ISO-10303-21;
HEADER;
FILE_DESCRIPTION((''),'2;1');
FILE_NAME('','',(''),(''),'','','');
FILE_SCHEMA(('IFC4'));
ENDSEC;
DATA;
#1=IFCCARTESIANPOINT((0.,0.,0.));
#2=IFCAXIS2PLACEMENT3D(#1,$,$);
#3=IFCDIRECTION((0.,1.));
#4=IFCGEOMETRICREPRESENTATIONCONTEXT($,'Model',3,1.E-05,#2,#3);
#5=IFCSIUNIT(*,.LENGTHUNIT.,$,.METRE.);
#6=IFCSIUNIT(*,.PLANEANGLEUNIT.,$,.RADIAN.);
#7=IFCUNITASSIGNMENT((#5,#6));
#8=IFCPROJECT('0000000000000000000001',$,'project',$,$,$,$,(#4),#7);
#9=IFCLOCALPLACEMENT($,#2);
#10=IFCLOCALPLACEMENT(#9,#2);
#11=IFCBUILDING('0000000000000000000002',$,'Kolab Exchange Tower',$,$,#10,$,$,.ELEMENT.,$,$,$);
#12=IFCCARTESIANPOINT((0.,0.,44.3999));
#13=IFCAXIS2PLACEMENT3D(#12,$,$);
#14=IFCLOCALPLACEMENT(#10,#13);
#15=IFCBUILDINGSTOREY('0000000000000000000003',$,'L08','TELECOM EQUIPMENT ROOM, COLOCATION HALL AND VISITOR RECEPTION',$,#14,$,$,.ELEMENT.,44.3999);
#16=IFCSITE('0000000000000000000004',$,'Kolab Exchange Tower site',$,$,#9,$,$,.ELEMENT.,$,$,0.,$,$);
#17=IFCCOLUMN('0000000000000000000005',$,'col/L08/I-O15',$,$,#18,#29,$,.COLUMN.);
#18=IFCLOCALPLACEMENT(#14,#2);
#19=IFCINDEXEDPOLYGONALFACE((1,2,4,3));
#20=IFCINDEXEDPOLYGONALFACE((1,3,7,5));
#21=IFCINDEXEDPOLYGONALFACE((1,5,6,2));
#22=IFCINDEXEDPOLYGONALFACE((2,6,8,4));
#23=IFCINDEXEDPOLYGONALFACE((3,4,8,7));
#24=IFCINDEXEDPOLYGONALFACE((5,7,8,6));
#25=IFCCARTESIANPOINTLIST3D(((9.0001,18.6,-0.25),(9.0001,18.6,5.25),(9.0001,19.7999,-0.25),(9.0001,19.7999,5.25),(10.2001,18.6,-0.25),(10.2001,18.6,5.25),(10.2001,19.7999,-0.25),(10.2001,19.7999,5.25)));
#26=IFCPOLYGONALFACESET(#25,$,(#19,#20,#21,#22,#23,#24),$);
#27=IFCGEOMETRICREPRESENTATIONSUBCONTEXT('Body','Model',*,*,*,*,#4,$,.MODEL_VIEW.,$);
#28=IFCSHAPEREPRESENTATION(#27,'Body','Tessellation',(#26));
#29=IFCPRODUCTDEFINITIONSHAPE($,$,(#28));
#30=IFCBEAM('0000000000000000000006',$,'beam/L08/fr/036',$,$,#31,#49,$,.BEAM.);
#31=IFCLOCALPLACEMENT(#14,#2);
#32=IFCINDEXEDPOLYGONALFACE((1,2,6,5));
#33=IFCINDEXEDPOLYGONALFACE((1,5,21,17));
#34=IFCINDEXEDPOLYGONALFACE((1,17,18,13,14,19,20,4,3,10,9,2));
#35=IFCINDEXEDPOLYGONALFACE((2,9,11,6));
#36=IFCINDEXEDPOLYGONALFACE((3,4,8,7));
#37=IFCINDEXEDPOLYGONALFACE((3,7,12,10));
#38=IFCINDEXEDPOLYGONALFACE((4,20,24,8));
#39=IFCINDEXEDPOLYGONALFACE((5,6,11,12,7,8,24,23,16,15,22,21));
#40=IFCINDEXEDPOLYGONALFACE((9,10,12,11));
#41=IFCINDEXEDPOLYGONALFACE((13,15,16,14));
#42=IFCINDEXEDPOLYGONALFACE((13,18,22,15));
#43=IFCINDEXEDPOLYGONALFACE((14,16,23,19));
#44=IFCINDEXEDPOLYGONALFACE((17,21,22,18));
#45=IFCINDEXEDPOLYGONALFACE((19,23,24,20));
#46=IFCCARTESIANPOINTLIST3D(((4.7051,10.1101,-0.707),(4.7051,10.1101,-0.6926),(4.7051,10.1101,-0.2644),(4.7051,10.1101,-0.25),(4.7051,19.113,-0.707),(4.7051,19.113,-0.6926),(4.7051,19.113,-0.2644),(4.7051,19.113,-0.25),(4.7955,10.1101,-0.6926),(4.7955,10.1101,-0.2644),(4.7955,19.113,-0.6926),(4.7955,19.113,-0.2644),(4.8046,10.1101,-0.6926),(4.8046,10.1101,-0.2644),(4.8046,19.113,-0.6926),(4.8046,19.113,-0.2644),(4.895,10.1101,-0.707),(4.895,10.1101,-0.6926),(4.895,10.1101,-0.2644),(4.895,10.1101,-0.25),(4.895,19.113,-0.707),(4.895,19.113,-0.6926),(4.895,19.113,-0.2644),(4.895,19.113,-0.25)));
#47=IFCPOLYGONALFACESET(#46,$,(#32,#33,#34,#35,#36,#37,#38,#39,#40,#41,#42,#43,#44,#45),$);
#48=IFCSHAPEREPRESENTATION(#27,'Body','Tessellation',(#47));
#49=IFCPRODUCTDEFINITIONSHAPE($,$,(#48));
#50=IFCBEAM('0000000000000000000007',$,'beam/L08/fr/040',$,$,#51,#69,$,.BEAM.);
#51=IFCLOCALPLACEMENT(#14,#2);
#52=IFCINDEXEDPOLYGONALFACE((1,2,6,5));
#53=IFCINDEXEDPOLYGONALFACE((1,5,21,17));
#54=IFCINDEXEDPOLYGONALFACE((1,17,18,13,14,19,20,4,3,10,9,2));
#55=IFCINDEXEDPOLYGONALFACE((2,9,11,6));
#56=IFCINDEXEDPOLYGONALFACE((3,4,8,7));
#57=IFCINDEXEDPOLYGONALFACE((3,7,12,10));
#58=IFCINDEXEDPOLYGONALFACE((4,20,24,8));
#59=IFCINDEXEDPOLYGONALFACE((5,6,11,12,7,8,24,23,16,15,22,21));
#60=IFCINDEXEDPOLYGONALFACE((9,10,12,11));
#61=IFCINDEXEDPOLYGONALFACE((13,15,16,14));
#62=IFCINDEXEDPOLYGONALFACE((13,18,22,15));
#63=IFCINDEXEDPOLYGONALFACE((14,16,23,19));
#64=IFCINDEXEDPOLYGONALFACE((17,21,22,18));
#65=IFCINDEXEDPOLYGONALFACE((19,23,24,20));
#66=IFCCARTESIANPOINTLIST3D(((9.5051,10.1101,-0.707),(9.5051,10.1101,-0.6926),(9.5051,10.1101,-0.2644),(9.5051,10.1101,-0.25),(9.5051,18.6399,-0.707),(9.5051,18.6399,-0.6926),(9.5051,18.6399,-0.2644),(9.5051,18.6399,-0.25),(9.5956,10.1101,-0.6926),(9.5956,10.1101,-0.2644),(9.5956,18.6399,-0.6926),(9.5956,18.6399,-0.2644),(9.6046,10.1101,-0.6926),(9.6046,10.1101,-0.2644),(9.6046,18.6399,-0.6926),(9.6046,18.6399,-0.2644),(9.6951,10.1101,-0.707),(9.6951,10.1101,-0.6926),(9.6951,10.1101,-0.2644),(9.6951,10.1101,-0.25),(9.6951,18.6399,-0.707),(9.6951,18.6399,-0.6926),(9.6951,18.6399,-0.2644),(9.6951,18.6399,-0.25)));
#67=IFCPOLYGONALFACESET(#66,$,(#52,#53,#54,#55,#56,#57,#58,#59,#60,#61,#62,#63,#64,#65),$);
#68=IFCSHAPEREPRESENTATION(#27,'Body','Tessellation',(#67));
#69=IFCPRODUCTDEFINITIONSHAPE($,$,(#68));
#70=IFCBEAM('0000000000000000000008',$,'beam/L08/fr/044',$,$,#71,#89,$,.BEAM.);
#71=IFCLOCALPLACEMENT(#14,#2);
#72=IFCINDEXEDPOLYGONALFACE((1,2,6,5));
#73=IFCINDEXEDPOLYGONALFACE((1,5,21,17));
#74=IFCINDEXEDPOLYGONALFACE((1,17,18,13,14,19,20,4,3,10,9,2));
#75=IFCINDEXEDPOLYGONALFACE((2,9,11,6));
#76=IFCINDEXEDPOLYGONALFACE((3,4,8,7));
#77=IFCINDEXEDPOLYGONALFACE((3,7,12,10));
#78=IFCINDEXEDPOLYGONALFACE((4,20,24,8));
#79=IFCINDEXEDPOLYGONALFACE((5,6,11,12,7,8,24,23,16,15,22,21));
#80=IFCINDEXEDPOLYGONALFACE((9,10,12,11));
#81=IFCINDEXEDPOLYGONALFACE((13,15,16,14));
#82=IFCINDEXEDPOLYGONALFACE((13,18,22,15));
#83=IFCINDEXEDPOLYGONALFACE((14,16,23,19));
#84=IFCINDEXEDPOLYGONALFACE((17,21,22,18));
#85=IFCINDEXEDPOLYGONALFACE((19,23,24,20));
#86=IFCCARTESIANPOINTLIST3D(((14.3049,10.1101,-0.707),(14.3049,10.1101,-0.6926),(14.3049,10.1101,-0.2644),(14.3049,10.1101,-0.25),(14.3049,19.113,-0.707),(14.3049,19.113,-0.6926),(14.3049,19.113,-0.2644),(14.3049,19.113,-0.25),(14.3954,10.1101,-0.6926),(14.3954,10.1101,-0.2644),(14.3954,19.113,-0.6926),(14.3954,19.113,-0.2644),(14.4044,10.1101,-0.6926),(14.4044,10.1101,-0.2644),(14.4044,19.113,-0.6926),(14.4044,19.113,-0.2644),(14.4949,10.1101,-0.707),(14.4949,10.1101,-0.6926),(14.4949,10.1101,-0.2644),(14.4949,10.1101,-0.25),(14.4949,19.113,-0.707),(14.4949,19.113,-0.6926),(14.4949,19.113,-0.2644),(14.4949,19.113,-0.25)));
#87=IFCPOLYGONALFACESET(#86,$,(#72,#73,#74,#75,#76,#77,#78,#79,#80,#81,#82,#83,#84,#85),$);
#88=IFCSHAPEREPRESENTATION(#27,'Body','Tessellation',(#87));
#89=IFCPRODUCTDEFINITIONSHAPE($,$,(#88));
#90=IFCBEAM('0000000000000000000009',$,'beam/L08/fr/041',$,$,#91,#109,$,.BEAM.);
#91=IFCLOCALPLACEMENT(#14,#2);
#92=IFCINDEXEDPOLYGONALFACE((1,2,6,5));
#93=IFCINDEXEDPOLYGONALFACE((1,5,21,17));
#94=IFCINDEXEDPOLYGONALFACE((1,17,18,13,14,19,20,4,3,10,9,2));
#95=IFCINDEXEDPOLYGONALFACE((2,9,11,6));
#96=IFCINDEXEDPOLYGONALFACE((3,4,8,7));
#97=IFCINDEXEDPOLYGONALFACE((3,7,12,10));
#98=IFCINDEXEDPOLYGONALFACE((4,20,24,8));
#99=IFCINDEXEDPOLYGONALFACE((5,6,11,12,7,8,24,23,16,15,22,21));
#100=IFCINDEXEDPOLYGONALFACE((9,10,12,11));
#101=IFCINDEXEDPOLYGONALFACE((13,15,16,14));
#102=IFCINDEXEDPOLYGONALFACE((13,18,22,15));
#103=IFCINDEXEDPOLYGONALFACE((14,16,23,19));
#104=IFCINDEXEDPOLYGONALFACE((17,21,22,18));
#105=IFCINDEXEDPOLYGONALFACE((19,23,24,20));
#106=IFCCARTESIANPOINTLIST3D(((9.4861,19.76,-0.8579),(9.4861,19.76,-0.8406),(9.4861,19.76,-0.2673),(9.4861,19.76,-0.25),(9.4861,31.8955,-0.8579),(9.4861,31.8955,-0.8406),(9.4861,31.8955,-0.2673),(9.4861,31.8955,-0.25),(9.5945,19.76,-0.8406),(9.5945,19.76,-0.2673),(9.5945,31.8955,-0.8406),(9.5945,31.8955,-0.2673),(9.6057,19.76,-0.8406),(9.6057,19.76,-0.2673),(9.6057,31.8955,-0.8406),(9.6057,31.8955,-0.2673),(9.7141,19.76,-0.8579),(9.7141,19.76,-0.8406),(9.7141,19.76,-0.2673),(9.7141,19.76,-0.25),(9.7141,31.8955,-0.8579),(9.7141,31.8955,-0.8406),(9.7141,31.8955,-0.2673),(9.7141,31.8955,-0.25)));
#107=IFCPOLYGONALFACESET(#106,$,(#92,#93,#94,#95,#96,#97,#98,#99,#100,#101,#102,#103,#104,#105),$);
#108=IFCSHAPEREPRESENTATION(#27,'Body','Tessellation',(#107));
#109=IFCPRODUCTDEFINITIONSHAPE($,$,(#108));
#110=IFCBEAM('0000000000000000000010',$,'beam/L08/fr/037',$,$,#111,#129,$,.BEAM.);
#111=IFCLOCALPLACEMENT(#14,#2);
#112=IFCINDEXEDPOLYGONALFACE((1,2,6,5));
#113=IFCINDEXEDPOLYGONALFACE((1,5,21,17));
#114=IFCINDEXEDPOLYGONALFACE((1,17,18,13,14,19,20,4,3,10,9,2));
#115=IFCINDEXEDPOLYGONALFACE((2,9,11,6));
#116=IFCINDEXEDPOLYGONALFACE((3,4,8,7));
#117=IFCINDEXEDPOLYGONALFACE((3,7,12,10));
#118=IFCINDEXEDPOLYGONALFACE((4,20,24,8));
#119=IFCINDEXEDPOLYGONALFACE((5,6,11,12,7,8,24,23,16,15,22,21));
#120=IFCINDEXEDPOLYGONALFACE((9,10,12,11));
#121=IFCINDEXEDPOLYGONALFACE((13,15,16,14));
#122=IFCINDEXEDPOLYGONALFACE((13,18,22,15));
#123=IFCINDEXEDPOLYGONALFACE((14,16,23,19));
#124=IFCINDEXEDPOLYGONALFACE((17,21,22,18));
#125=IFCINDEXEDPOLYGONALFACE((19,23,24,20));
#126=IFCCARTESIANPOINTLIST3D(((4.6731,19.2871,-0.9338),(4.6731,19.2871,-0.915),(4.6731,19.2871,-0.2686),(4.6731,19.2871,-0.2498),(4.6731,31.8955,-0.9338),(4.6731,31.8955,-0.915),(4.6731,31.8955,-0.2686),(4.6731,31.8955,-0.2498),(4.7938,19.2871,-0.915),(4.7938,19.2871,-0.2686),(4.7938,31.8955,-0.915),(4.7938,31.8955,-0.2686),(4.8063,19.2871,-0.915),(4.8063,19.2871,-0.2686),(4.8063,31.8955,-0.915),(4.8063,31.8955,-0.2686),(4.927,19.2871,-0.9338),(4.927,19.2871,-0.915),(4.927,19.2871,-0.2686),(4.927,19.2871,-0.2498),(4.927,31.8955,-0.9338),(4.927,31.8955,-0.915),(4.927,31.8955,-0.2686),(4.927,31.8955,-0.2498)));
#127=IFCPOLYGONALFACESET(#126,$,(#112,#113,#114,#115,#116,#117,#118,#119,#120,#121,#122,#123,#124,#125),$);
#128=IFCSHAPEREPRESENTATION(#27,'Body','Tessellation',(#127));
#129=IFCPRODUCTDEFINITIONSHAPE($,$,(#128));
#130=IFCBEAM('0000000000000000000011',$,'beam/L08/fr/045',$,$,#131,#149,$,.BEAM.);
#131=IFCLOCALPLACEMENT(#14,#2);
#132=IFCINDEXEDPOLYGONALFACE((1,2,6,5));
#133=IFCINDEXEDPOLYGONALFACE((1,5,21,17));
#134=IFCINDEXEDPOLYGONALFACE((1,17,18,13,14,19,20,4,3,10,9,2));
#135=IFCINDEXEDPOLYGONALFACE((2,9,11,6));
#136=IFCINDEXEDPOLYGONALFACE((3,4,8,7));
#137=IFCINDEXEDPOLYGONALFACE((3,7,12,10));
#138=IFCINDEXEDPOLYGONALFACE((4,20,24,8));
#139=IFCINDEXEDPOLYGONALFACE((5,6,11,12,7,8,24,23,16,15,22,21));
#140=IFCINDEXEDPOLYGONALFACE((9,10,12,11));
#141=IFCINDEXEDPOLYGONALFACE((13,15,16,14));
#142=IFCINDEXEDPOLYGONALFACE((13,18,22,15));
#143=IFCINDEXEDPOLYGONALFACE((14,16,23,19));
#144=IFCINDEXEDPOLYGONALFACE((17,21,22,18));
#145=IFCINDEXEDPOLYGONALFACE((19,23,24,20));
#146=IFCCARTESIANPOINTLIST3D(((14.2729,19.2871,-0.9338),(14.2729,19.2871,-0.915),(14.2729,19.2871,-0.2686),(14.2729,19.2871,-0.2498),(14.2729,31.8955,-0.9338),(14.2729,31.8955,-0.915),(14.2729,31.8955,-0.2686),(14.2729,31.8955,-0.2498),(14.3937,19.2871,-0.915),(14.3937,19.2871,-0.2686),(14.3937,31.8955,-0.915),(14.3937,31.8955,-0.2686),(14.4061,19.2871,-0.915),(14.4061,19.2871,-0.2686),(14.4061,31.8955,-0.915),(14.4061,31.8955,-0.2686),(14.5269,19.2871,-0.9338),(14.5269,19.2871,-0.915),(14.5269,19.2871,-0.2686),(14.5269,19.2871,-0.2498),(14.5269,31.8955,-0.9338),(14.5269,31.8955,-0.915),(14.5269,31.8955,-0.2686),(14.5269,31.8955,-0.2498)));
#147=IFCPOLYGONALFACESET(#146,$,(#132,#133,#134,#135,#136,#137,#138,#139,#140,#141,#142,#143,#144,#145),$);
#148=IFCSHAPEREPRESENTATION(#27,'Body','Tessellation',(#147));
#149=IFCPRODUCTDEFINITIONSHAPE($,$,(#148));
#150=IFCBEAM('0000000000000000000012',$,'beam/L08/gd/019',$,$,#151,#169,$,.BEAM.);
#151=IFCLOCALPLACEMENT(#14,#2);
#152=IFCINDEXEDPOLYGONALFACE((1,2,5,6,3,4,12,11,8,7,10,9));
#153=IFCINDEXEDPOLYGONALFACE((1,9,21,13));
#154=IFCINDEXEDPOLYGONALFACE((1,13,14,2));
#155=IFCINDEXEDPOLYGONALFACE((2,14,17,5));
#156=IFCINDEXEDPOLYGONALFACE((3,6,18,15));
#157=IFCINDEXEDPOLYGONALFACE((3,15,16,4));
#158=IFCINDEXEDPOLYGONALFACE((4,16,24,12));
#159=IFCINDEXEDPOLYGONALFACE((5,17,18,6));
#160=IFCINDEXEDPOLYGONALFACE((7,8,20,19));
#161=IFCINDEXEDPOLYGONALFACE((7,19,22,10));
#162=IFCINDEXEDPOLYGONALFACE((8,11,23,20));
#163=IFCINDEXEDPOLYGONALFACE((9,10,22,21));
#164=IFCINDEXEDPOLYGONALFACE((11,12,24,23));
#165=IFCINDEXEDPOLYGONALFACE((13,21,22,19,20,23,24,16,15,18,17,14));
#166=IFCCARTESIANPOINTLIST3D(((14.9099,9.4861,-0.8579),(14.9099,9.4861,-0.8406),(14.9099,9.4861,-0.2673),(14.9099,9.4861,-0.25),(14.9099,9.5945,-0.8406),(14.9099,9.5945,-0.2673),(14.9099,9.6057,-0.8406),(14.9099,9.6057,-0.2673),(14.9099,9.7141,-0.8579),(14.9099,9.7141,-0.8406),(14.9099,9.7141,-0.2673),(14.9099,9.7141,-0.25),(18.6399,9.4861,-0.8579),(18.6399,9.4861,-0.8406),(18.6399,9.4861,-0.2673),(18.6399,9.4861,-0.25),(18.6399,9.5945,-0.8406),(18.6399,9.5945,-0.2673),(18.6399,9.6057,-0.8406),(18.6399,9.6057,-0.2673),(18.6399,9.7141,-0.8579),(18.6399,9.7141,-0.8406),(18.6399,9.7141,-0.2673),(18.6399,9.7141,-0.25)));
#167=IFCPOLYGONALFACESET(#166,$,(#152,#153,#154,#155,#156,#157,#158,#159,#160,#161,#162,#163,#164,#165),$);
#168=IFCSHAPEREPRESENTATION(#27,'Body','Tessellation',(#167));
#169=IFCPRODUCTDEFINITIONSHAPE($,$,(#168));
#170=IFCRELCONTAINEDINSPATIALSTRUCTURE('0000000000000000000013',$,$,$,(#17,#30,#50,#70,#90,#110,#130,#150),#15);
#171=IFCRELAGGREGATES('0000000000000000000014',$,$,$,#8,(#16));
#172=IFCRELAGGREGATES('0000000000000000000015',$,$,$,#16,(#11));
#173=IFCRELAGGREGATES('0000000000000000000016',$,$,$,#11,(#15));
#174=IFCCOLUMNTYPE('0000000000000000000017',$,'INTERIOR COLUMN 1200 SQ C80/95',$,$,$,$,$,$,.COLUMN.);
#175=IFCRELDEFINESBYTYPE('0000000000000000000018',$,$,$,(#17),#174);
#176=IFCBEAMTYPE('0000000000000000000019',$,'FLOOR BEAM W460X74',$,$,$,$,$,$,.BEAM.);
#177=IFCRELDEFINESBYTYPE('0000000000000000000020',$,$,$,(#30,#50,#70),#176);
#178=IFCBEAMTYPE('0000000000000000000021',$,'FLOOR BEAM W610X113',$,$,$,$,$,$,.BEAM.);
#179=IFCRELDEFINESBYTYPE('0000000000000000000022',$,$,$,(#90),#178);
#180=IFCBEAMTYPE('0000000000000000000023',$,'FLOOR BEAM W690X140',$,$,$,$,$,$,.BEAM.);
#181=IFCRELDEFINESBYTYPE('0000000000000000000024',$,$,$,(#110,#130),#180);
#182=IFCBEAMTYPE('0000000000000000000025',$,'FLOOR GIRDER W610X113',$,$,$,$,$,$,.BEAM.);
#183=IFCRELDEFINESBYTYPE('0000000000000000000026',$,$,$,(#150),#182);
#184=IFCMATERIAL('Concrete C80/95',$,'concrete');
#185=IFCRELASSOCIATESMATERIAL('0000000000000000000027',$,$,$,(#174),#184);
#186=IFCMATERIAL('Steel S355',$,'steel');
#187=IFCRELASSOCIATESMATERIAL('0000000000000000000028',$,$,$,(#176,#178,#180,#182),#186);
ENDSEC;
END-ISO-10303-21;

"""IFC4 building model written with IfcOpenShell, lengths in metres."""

from ifc_helpers import new_model, si_unit, direction, frame, origin, origin_2d, place, context, subcontext, project, spatial, rectangle, i_section, extrude, material, material_profile, profile_set, type_object, element, save


model = new_model("IFC4")

# Units and contexts
model_context = context("Model", 3, precision=1e-05, world=origin(), true_north=direction((0.0, 1.0)))
body_context = subcontext(model_context, "Body", "Model", "MODEL_VIEW")
ifc_project = project(units=[si_unit("LENGTHUNIT", "METRE"), si_unit("PLANEANGLEUNIT", "RADIAN")], contexts=[model_context])

# Site, building, storey
site_placement = place(None, origin())
site = spatial("IfcSite", under=ifc_project, at=site_placement, Name="Kolab Exchange Tower site", CompositionType="ELEMENT", RefElevation=0.0)
building_placement = place(site_placement, origin())
building = spatial("IfcBuilding", under=site, at=building_placement, Name="Kolab Exchange Tower", CompositionType="ELEMENT")
storey_placement = place(building_placement, frame((0.0, 0.0, 44.3999)))
storey = spatial("IfcBuildingStorey", under=building, at=storey_placement, Name="L08", Description="TELECOM EQUIPMENT ROOM, COLOCATION HALL AND VISITOR RECEPTION", CompositionType="ELEMENT", Elevation=44.3999)

# Column
ifc_material_1 = material(Name="Concrete C80/95", Category="concrete")
ifc_material_profile_1 = material_profile(ifc_material_1, rectangle(XDim=1.2, YDim=1.2, at=origin_2d()), Name="RC1200")
ifc_profile_set_1 = profile_set([ifc_material_profile_1], Name="Concrete C80/95")
column_type = type_object("IfcColumnType", Name="INTERIOR COLUMN 1200 SQ C80/95", PredefinedType="COLUMN", material=ifc_profile_set_1)
column_placement = place(storey_placement, frame((9.6001, 19.2, -0.25), z_axis=(0.0, 0.0, 1.0), x_axis=(1.0, 0.0, 0.0)))
element("IfcColumn", 1, at=column_placement, inside=storey, type_object=column_type, Name="col/L08/I-O15", PredefinedType="COLUMN", context=body_context, shape_type="SweptSolid", body=[
    extrude(rectangle(XDim=1.2, YDim=1.2, at=origin_2d()), origin(), (0.0, 0.0, 1.0), 5.5),
])

# Beams
ifc_material_2 = material(Name="Steel S355", Category="steel")
ifc_material_profile_2 = material_profile(ifc_material_2, i_section(OverallWidth=0.1899, OverallDepth=0.457, WebThickness=0.009, FlangeThickness=0.0144, at=origin_2d()), Name="W460X74")
ifc_profile_set_2 = profile_set([ifc_material_profile_2], Name="Steel S355")
beam_type_1 = type_object("IfcBeamType", Name="FLOOR BEAM W460X74", PredefinedType="BEAM", material=ifc_profile_set_2)
beam_1_placement = place(storey_placement, frame((4.8, 10.1101, -0.4785), z_axis=(0.0, 1.0, 0.0), x_axis=(-1.0, 0.0, 0.0)))
element("IfcBeam", 2, at=beam_1_placement, inside=storey, type_object=beam_type_1, Name="beam/L08/fr/036", PredefinedType="BEAM", context=body_context, shape_type="SweptSolid", body=[
    extrude(i_section(OverallWidth=0.1899, OverallDepth=0.457, WebThickness=0.009, FlangeThickness=0.0144, at=origin_2d()), origin(), (0.0, 0.0, 1.0), 9.0029),
])
beam_2_placement = place(storey_placement, frame((9.6001, 10.1101, -0.4785), z_axis=(0.0, 1.0, 0.0), x_axis=(-1.0, 0.0, 0.0)))
element("IfcBeam", 3, at=beam_2_placement, inside=storey, type_object=beam_type_1, Name="beam/L08/fr/040", PredefinedType="BEAM", context=body_context, shape_type="SweptSolid", body=[
    extrude(i_section(OverallWidth=0.1899, OverallDepth=0.457, WebThickness=0.009, FlangeThickness=0.0144, at=origin_2d()), origin(), (0.0, 0.0, 1.0), 8.5298),
])
beam_3_placement = place(storey_placement, frame((14.3999, 10.1101, -0.4785), z_axis=(0.0, 1.0, 0.0), x_axis=(-1.0, 0.0, 0.0)))
element("IfcBeam", 4, at=beam_3_placement, inside=storey, type_object=beam_type_1, Name="beam/L08/fr/044", PredefinedType="BEAM", context=body_context, shape_type="SweptSolid", body=[
    extrude(i_section(OverallWidth=0.1899, OverallDepth=0.457, WebThickness=0.009, FlangeThickness=0.0144, at=origin_2d()), origin(), (0.0, 0.0, 1.0), 9.0029),
])
ifc_material_profile_3 = material_profile(ifc_material_2, i_section(OverallWidth=0.228, OverallDepth=0.6079, WebThickness=0.0112, FlangeThickness=0.0173, at=origin_2d()), Name="W610X113")
ifc_profile_set_3 = profile_set([ifc_material_profile_3], Name="Steel S355")
beam_type_2 = type_object("IfcBeamType", Name="FLOOR BEAM W610X113", PredefinedType="BEAM", material=ifc_profile_set_3)
beam_4_placement = place(storey_placement, frame((9.6001, 19.76, -0.554), z_axis=(0.0, 1.0, 0.0), x_axis=(-1.0, 0.0, 0.0)))
element("IfcBeam", 5, at=beam_4_placement, inside=storey, type_object=beam_type_2, Name="beam/L08/fr/041", PredefinedType="BEAM", context=body_context, shape_type="SweptSolid", body=[
    extrude(i_section(OverallWidth=0.228, OverallDepth=0.6079, WebThickness=0.0112, FlangeThickness=0.0173, at=origin_2d()), origin(), (0.0, 0.0, 1.0), 12.1355),
])
ifc_material_profile_4 = material_profile(ifc_material_2, i_section(OverallWidth=0.2539, OverallDepth=0.6841, WebThickness=0.0125, FlangeThickness=0.0188, at=origin_2d()), Name="W690X140")
ifc_profile_set_4 = profile_set([ifc_material_profile_4], Name="Steel S355")
beam_type_3 = type_object("IfcBeamType", Name="FLOOR BEAM W690X140", PredefinedType="BEAM", material=ifc_profile_set_4)
for number, where, z_axis, x_axis, name in (
    (6, (4.8, 19.2871, -0.5918), (0.0, 1.0, 0.0), (-1.0, 0.0, 0.0), "beam/L08/fr/037"),
    (7, (14.3999, 19.2871, -0.5918), (0.0, 1.0, 0.0), (-1.0, 0.0, 0.0), "beam/L08/fr/045"),
):
    element("IfcBeam", number, at=place(storey_placement, frame(where, z_axis=z_axis, x_axis=x_axis)), inside=storey, type_object=beam_type_3, Name=name, PredefinedType="BEAM", context=body_context, shape_type="SweptSolid", body=[
        extrude(i_section(OverallWidth=0.2539, OverallDepth=0.6841, WebThickness=0.0125, FlangeThickness=0.0188, at=origin_2d()), origin(), (0.0, 0.0, 1.0), 12.6084),
    ])
ifc_material_profile_5 = material_profile(ifc_material_2, i_section(OverallWidth=0.228, OverallDepth=0.6079, WebThickness=0.0112, FlangeThickness=0.0173, at=origin_2d()), Name="W610X113")
ifc_profile_set_5 = profile_set([ifc_material_profile_5], Name="Steel S355")
beam_type_4 = type_object("IfcBeamType", Name="FLOOR GIRDER W610X113", PredefinedType="BEAM", material=ifc_profile_set_5)
beam_5_placement = place(storey_placement, frame((14.9099, 9.6001, -0.554), z_axis=(1.0, 0.0, 0.0), x_axis=(0.0, 1.0, 0.0)))
element("IfcBeam", 8, at=beam_5_placement, inside=storey, type_object=beam_type_4, Name="beam/L08/gd/019", PredefinedType="BEAM", context=body_context, shape_type="SweptSolid", body=[
    extrude(i_section(OverallWidth=0.228, OverallDepth=0.6079, WebThickness=0.0112, FlangeThickness=0.0173, at=origin_2d()), origin(), (0.0, 0.0, 1.0), 3.73),
])

save(model, "model.ifc")
